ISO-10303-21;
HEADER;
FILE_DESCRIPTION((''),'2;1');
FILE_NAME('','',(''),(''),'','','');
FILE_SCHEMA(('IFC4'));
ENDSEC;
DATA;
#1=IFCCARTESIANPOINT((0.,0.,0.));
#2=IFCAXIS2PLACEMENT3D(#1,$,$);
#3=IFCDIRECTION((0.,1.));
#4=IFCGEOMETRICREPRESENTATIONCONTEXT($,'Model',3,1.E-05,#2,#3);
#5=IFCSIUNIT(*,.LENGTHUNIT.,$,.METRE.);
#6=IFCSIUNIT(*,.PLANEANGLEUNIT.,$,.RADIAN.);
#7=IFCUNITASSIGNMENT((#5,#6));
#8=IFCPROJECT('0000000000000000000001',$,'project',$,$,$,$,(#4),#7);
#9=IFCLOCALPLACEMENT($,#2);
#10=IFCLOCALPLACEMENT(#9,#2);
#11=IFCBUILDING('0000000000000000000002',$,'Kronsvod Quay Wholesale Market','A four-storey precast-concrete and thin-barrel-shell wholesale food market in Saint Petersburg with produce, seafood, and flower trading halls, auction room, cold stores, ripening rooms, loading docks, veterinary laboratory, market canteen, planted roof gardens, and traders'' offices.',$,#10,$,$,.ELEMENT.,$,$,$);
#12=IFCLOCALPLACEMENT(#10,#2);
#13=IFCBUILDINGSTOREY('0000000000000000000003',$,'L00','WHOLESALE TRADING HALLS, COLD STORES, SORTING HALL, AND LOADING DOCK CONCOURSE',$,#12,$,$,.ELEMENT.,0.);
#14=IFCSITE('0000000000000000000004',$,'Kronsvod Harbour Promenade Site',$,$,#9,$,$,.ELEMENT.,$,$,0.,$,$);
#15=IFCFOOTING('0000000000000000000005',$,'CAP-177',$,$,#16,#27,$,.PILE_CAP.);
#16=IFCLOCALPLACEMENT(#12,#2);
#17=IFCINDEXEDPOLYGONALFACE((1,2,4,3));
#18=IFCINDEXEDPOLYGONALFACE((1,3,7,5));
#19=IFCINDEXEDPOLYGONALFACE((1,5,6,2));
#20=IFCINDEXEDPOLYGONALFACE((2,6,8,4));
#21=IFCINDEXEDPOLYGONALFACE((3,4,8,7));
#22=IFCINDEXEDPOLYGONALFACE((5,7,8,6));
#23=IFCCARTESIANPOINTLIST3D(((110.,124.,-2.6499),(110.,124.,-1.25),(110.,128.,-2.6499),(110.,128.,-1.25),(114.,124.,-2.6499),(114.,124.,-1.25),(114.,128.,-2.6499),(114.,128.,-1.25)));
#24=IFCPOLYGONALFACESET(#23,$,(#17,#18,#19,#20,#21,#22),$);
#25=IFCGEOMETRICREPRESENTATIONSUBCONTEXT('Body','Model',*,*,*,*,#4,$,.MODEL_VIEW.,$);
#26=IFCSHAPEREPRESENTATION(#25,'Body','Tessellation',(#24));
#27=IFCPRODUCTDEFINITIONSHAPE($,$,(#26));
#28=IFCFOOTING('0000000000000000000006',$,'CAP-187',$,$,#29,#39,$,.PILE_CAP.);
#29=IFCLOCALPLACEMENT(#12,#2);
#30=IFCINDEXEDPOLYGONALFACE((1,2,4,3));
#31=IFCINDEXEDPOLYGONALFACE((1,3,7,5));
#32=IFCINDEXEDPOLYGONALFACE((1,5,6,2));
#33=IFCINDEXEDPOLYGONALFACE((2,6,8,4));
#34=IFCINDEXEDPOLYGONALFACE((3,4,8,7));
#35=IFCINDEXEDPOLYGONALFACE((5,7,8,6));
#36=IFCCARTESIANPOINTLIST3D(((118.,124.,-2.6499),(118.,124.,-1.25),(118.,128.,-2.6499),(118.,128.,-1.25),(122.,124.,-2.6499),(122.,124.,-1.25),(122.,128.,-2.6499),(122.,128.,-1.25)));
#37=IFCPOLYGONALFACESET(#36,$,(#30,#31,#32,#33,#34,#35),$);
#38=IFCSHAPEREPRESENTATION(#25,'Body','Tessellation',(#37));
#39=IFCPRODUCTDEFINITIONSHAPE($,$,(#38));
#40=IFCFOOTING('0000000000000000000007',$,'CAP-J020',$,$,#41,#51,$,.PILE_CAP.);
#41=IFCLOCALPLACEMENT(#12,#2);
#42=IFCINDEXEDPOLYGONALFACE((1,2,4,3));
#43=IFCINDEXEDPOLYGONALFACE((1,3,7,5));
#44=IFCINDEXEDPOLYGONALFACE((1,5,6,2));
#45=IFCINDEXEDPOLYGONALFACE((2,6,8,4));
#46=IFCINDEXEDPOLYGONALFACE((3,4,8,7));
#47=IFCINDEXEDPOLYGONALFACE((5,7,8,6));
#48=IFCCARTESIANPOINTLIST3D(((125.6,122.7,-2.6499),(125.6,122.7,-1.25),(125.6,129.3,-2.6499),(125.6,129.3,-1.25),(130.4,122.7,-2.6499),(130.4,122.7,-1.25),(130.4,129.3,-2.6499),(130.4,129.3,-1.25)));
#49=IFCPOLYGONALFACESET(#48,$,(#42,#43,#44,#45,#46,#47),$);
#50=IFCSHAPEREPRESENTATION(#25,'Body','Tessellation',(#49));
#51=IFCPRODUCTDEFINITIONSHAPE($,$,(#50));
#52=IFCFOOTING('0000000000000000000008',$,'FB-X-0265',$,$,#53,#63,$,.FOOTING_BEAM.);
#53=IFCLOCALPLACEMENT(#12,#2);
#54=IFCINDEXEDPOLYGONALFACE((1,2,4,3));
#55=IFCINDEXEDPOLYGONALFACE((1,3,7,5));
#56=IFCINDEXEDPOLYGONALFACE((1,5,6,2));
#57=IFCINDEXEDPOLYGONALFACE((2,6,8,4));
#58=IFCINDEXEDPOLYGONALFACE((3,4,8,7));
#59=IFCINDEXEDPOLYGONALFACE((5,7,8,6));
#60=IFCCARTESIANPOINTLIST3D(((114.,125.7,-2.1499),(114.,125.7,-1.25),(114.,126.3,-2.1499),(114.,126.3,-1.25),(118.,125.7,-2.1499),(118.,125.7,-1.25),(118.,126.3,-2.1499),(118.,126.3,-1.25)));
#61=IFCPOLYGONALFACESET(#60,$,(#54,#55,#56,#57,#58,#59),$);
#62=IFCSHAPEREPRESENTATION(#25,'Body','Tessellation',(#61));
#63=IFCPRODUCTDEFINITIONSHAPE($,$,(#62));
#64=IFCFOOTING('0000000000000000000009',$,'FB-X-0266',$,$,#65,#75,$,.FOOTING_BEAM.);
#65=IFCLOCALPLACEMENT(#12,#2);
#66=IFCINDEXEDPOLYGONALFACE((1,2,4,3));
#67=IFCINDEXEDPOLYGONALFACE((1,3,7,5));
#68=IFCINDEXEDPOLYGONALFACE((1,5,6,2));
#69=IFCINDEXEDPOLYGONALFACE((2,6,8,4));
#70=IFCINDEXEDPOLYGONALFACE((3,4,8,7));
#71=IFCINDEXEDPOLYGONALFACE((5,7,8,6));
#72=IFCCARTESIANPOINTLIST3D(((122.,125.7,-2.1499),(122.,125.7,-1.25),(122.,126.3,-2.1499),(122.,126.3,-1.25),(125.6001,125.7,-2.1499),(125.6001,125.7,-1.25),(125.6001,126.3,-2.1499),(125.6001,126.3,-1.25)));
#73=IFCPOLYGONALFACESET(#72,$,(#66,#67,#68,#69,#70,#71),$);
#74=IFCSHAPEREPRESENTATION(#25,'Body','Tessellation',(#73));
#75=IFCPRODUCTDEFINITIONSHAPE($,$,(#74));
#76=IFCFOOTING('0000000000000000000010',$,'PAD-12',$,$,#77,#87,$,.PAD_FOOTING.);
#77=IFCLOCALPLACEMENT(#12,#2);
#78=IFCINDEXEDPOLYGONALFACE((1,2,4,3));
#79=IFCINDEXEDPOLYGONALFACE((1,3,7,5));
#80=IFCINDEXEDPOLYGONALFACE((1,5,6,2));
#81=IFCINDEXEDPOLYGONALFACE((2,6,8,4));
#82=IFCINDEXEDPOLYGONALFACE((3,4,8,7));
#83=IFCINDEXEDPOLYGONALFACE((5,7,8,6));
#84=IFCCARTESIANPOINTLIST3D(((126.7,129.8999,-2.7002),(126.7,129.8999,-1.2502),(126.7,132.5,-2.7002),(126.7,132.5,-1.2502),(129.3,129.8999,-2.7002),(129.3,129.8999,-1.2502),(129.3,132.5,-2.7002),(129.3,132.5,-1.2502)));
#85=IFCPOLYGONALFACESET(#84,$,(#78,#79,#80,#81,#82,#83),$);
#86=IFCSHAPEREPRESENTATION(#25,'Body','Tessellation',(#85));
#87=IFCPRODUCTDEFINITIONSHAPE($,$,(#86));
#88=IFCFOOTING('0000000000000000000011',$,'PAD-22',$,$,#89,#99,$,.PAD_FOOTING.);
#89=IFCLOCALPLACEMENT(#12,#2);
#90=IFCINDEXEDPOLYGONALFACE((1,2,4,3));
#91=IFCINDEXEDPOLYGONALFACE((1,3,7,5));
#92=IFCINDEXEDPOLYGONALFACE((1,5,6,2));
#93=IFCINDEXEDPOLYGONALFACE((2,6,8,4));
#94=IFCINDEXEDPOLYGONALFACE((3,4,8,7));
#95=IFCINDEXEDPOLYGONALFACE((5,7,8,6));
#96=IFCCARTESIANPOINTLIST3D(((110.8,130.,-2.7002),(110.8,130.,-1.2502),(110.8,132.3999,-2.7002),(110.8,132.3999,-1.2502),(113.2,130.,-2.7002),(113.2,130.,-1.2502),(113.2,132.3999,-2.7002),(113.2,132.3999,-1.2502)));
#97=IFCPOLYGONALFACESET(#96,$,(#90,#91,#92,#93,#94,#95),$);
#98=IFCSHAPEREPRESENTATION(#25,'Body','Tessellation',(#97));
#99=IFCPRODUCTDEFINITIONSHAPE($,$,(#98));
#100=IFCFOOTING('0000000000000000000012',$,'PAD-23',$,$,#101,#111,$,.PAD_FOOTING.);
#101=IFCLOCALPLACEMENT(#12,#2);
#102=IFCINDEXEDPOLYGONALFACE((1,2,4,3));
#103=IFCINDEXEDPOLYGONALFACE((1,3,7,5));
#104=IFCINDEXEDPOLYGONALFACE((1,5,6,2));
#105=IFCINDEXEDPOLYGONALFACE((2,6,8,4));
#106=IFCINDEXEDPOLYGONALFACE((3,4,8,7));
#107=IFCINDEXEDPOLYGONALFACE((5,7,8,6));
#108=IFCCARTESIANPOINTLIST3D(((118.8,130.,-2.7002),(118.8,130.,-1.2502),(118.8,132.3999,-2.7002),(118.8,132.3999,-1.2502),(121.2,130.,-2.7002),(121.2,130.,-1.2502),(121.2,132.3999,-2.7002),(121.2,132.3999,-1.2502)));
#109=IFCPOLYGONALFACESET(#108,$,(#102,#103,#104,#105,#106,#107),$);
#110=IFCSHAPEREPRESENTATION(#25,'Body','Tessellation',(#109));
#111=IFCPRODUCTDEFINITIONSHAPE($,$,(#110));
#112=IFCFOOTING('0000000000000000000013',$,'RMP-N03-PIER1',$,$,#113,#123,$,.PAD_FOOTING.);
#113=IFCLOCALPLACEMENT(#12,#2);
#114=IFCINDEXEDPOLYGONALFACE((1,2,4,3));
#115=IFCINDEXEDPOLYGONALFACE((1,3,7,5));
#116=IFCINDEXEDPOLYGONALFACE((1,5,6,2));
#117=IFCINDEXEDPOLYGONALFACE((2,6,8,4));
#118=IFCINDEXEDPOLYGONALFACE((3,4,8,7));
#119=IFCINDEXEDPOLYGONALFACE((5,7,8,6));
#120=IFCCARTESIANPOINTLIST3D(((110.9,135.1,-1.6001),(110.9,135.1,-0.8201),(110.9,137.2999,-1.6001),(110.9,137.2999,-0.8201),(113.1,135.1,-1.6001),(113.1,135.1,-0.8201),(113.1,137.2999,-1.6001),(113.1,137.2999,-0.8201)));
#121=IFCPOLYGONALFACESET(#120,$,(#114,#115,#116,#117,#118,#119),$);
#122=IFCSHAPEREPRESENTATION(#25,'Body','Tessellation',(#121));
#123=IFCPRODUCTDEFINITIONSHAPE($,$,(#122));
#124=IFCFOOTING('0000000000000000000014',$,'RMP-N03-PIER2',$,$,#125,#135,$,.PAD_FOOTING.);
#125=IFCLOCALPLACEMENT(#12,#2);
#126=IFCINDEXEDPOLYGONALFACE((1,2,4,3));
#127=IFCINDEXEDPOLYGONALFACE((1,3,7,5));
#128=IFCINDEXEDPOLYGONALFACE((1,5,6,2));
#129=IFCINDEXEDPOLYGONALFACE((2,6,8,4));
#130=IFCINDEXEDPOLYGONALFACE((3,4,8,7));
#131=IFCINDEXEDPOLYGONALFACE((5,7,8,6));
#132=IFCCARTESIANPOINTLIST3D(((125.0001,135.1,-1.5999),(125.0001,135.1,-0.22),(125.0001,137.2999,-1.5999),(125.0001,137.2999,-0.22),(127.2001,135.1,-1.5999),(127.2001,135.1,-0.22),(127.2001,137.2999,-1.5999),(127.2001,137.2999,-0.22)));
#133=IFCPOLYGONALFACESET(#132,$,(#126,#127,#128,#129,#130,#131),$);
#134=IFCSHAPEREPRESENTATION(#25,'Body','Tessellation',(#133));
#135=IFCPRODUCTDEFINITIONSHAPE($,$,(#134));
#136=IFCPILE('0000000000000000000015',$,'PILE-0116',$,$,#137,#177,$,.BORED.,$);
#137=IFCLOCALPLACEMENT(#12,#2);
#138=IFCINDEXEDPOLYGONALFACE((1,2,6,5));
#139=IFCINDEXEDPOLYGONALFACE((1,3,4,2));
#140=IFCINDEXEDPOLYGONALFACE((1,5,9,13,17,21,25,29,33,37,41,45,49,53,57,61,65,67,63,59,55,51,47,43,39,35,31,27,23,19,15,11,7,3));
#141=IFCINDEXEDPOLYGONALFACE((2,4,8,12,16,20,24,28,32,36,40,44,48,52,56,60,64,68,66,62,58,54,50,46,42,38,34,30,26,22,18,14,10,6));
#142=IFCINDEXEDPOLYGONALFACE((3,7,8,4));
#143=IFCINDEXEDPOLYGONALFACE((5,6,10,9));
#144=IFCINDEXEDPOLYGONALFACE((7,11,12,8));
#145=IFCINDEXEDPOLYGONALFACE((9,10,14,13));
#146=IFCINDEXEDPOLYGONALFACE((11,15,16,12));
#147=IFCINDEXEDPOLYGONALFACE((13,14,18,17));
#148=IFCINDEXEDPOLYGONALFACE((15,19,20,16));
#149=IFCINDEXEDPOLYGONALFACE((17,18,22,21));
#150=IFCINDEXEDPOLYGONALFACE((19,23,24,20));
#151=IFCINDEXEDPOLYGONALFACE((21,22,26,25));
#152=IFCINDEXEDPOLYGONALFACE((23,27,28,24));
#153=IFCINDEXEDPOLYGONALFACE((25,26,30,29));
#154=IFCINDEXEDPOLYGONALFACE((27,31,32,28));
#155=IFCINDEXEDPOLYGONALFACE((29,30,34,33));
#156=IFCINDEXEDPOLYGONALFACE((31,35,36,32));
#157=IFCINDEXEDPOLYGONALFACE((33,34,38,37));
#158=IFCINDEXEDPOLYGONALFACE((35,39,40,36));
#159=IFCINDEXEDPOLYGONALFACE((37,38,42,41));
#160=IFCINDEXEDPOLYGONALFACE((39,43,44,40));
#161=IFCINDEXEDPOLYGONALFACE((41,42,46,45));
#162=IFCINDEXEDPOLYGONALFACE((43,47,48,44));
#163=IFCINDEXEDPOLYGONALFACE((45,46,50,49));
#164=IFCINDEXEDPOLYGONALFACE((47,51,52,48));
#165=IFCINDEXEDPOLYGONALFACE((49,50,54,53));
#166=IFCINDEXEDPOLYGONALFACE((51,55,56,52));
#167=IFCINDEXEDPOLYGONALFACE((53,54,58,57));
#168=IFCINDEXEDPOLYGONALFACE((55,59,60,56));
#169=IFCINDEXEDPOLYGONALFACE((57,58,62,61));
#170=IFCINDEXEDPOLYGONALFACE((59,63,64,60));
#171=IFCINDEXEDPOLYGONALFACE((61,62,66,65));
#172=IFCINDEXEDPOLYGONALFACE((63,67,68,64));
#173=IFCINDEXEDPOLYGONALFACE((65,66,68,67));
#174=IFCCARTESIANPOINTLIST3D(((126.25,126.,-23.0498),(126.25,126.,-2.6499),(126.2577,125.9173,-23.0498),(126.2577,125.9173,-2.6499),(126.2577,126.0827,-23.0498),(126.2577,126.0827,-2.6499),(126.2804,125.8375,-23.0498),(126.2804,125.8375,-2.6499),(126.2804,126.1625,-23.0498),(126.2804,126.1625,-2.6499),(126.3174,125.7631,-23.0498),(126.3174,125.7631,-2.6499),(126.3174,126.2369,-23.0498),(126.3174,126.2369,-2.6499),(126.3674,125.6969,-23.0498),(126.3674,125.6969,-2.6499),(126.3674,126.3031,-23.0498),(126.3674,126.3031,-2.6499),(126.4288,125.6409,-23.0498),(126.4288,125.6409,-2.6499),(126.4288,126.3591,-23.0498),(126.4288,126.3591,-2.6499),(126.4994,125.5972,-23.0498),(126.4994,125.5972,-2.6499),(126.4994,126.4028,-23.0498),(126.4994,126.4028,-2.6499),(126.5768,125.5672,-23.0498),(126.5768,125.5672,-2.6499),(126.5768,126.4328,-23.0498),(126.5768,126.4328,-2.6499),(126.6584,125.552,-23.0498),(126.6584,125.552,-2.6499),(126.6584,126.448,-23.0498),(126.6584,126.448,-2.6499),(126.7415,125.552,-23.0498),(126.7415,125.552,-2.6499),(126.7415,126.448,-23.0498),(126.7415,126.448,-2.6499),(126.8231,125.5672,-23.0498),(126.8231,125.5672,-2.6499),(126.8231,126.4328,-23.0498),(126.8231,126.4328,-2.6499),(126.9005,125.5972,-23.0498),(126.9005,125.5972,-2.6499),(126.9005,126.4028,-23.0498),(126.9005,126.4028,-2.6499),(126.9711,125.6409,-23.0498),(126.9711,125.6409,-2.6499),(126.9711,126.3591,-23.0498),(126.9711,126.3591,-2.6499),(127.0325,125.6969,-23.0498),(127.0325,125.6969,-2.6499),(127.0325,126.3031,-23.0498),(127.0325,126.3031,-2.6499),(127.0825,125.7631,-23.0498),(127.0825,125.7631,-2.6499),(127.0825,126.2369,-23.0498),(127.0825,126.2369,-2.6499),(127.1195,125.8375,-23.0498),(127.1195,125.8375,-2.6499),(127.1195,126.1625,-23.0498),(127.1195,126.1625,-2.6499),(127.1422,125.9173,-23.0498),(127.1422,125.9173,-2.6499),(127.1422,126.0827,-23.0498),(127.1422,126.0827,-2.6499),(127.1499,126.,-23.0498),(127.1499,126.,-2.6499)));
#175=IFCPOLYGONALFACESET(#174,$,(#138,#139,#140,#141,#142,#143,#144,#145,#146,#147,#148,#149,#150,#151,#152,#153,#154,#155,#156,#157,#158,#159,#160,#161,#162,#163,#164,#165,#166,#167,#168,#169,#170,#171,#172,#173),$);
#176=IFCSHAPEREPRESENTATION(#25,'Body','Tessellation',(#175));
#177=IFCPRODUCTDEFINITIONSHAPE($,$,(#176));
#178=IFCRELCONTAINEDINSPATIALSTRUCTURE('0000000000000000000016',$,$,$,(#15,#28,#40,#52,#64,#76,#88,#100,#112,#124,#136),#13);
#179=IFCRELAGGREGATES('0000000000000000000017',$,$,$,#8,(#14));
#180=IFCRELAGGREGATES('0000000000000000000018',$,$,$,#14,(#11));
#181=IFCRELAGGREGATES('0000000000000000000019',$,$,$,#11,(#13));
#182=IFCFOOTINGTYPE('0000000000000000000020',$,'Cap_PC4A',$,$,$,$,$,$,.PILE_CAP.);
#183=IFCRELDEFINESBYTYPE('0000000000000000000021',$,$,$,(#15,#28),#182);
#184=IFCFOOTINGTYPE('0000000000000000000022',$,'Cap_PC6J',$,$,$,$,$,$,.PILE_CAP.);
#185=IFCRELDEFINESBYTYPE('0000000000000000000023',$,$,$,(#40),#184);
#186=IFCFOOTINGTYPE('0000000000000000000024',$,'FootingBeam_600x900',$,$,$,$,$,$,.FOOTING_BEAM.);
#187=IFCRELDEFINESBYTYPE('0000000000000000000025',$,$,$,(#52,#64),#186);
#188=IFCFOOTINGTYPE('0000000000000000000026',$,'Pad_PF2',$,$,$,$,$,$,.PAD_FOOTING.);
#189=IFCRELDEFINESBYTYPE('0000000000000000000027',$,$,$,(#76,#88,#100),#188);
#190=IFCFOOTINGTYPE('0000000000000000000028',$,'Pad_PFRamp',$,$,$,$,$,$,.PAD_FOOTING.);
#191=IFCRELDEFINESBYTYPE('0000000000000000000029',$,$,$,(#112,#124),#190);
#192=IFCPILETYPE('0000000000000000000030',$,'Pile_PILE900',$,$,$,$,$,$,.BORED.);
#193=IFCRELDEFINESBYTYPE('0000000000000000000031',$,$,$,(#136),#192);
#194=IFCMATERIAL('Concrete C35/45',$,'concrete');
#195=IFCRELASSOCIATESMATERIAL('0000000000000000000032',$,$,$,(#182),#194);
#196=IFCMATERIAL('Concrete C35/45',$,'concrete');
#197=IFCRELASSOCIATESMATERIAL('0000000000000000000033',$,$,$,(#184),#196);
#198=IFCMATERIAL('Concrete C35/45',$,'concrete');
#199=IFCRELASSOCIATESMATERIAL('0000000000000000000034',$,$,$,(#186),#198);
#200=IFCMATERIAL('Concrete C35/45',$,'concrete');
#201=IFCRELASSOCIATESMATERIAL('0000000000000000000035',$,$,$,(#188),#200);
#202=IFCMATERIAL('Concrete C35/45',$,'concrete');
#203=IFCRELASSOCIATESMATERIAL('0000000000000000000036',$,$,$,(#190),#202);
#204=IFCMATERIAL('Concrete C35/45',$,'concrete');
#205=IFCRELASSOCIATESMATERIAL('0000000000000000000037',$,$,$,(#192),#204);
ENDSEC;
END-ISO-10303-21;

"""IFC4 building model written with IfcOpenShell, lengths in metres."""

from ifc_helpers import new_model, si_unit, direction, frame, origin, origin_2d, place, context, subcontext, project, spatial, rectangle, circle, extrude, material, material_profile, profile_set, type_object, element, save


model = new_model("IFC4")

# Units and contexts
model_context = context("Model", 3, precision=1e-05, world=origin(), true_north=direction((0.0, 1.0)))
body_context = subcontext(model_context, "Body", "Model", "MODEL_VIEW")
ifc_project = project(units=[si_unit("LENGTHUNIT", "METRE"), si_unit("PLANEANGLEUNIT", "RADIAN")], contexts=[model_context])

# Site, building, storey
site_placement = place(None, origin())
site = spatial("IfcSite", under=ifc_project, at=site_placement, Name="Kronsvod Harbour Promenade Site", CompositionType="ELEMENT", RefElevation=0.0)
building_placement = place(site_placement, origin())
building = spatial("IfcBuilding", under=site, at=building_placement, Name="Kronsvod Quay Wholesale Market", Description="A four-storey precast-concrete and thin-barrel-shell wholesale food market in Saint Petersburg with produce, seafood, and flower trading halls, auction room, cold stores, ripening rooms, loading docks, veterinary laboratory, market canteen, planted roof gardens, and traders' offices.", CompositionType="ELEMENT")
storey_placement = place(building_placement, origin())
storey = spatial("IfcBuildingStorey", under=building, at=storey_placement, Name="L00", Description="WHOLESALE TRADING HALLS, COLD STORES, SORTING HALL, AND LOADING DOCK CONCOURSE", CompositionType="ELEMENT", Elevation=0.0)

# Footings
ifc_material_1 = material(Name="Concrete C35/45", Category="concrete")
footing_type_1 = type_object("IfcFootingType", Name="Cap_PC4A", PredefinedType="PILE_CAP", material=ifc_material_1)
for number, where, z_axis, x_axis, name in (
    (1, (112.0, 126.0, -2.6499), (0.0, 0.0, 1.0), (1.0, 0.0, 0.0), "CAP-177"),
    (2, (120.0, 126.0, -2.6499), (0.0, 0.0, 1.0), (1.0, 0.0, 0.0), "CAP-187"),
):
    element("IfcFooting", number, at=place(storey_placement, frame(where, z_axis=z_axis, x_axis=x_axis)), inside=storey, type_object=footing_type_1, Name=name, PredefinedType="PILE_CAP", context=body_context, shape_type="SweptSolid", body=[
        extrude(rectangle(XDim=4.0, YDim=4.0, at=origin_2d()), origin(), (0.0, 0.0, 1.0), 1.3999),
    ])
ifc_material_2 = material(Name="Concrete C35/45", Category="concrete")
footing_type_2 = type_object("IfcFootingType", Name="Cap_PC6J", PredefinedType="PILE_CAP", material=ifc_material_2)
footing_1_placement = place(storey_placement, frame((128.0, 126.0, -2.6499), z_axis=(0.0, 0.0, 1.0), x_axis=(1.0, 0.0, 0.0)))
element("IfcFooting", 3, at=footing_1_placement, inside=storey, type_object=footing_type_2, Name="CAP-J020", PredefinedType="PILE_CAP", context=body_context, shape_type="SweptSolid", body=[
    extrude(rectangle(XDim=4.8, YDim=6.6001, at=origin_2d()), origin(), (0.0, 0.0, 1.0), 1.3999),
])
ifc_material_3 = material(Name="Concrete C35/45", Category="concrete")
ifc_material_profile_1 = material_profile(ifc_material_3, rectangle(XDim=0.6001, YDim=0.8999, at=origin_2d()), Name="FB-02")
ifc_profile_set_1 = profile_set([ifc_material_profile_1], Name="Concrete C35/45")
footing_type_3 = type_object("IfcFootingType", Name="FootingBeam_600x900", PredefinedType="FOOTING_BEAM", material=ifc_profile_set_1)
footing_2_placement = place(storey_placement, frame((114.0, 126.0, -1.7), z_axis=(1.0, 0.0, 0.0), x_axis=(0.0, 1.0, 0.0)))
element("IfcFooting", 4, at=footing_2_placement, inside=storey, type_object=footing_type_3, Name="FB-X-0265", PredefinedType="FOOTING_BEAM", context=body_context, shape_type="SweptSolid", body=[
    extrude(rectangle(XDim=0.6001, YDim=0.8999, at=origin_2d()), origin(), (0.0, 0.0, 1.0), 4.0),
])
footing_3_placement = place(storey_placement, frame((122.0, 126.0, -1.7), z_axis=(1.0, 0.0, 0.0), x_axis=(0.0, 1.0, 0.0)))
element("IfcFooting", 5, at=footing_3_placement, inside=storey, type_object=footing_type_3, Name="FB-X-0266", PredefinedType="FOOTING_BEAM", context=body_context, shape_type="SweptSolid", body=[
    extrude(rectangle(XDim=0.6001, YDim=0.8999, at=origin_2d()), origin(), (0.0, 0.0, 1.0), 3.6001),
])
ifc_material_4 = material(Name="Concrete C35/45", Category="concrete")
footing_type_4 = type_object("IfcFootingType", Name="Pad_PF2", PredefinedType="PAD_FOOTING", material=ifc_material_4)
footing_4_placement = place(storey_placement, frame((128.0, 131.2, -2.7002), z_axis=(0.0, 0.0, 1.0), x_axis=(1.0, 0.0, 0.0)))
element("IfcFooting", 6, at=footing_4_placement, inside=storey, type_object=footing_type_4, Name="PAD-12", PredefinedType="PAD_FOOTING", context=body_context, shape_type="SweptSolid", body=[
    extrude(rectangle(XDim=2.6001, YDim=2.6001, at=origin_2d()), origin(), (0.0, 0.0, 1.0), 1.45),
])
for number, where, z_axis, x_axis, name in (
    (7, (112.0, 131.2, -2.7002), (0.0, 0.0, 1.0), (1.0, 0.0, 0.0), "PAD-22"),
    (8, (120.0, 131.2, -2.7002), (0.0, 0.0, 1.0), (1.0, 0.0, 0.0), "PAD-23"),
):
    element("IfcFooting", number, at=place(storey_placement, frame(where, z_axis=z_axis, x_axis=x_axis)), inside=storey, type_object=footing_type_4, Name=name, PredefinedType="PAD_FOOTING", context=body_context, shape_type="SweptSolid", body=[
        extrude(rectangle(XDim=2.3999, YDim=2.3999, at=origin_2d()), origin(), (0.0, 0.0, 1.0), 1.45),
    ])
ifc_material_5 = material(Name="Concrete C35/45", Category="concrete")
footing_type_5 = type_object("IfcFootingType", Name="Pad_PFRamp", PredefinedType="PAD_FOOTING", material=ifc_material_5)
footing_5_placement = place(storey_placement, frame((112.0, 136.2, -1.6001), z_axis=(0.0, 0.0, 1.0), x_axis=(1.0, 0.0, 0.0)))
element("IfcFooting", 9, at=footing_5_placement, inside=storey, type_object=footing_type_5, Name="RMP-N03-PIER1", PredefinedType="PAD_FOOTING", context=body_context, shape_type="SweptSolid", body=[
    extrude(rectangle(XDim=2.2, YDim=2.2, at=origin_2d()), origin(), (0.0, 0.0, 1.0), 0.78),
])
footing_6_placement = place(storey_placement, frame((126.1001, 136.2, -1.5999), z_axis=(0.0, 0.0, 1.0), x_axis=(1.0, 0.0, 0.0)))
element("IfcFooting", 10, at=footing_6_placement, inside=storey, type_object=footing_type_5, Name="RMP-N03-PIER2", PredefinedType="PAD_FOOTING", context=body_context, shape_type="SweptSolid", body=[
    extrude(rectangle(XDim=2.2, YDim=2.2, at=origin_2d()), origin(), (0.0, 0.0, 1.0), 1.3799),
])

# Pile
ifc_material_6 = material(Name="Concrete C35/45", Category="concrete")
ifc_material_profile_2 = material_profile(ifc_material_6, circle(Radius=0.45, at=origin_2d()), Name="PILE900")
ifc_profile_set_2 = profile_set([ifc_material_profile_2], Name="Concrete C35/45")
pile_type = type_object("IfcPileType", Name="Pile_PILE900", PredefinedType="BORED", material=ifc_profile_set_2)
for number, where, z_axis, x_axis, name in (
    (11, (126.7, 126.0, -2.6499), (0.0, 0.0, -1.0), (1.0, 0.0, 0.0), "PILE-0116"),
):
    element("IfcPile", number, at=place(storey_placement, frame(where, z_axis=z_axis, x_axis=x_axis)), inside=storey, type_object=pile_type, Name=name, PredefinedType="BORED", context=body_context, shape_type="SweptSolid", body=[
        extrude(circle(Radius=0.45, at=origin_2d()), origin(), (0.0, 0.0, 1.0), 20.3999),
    ])

save(model, "model.ifc")
